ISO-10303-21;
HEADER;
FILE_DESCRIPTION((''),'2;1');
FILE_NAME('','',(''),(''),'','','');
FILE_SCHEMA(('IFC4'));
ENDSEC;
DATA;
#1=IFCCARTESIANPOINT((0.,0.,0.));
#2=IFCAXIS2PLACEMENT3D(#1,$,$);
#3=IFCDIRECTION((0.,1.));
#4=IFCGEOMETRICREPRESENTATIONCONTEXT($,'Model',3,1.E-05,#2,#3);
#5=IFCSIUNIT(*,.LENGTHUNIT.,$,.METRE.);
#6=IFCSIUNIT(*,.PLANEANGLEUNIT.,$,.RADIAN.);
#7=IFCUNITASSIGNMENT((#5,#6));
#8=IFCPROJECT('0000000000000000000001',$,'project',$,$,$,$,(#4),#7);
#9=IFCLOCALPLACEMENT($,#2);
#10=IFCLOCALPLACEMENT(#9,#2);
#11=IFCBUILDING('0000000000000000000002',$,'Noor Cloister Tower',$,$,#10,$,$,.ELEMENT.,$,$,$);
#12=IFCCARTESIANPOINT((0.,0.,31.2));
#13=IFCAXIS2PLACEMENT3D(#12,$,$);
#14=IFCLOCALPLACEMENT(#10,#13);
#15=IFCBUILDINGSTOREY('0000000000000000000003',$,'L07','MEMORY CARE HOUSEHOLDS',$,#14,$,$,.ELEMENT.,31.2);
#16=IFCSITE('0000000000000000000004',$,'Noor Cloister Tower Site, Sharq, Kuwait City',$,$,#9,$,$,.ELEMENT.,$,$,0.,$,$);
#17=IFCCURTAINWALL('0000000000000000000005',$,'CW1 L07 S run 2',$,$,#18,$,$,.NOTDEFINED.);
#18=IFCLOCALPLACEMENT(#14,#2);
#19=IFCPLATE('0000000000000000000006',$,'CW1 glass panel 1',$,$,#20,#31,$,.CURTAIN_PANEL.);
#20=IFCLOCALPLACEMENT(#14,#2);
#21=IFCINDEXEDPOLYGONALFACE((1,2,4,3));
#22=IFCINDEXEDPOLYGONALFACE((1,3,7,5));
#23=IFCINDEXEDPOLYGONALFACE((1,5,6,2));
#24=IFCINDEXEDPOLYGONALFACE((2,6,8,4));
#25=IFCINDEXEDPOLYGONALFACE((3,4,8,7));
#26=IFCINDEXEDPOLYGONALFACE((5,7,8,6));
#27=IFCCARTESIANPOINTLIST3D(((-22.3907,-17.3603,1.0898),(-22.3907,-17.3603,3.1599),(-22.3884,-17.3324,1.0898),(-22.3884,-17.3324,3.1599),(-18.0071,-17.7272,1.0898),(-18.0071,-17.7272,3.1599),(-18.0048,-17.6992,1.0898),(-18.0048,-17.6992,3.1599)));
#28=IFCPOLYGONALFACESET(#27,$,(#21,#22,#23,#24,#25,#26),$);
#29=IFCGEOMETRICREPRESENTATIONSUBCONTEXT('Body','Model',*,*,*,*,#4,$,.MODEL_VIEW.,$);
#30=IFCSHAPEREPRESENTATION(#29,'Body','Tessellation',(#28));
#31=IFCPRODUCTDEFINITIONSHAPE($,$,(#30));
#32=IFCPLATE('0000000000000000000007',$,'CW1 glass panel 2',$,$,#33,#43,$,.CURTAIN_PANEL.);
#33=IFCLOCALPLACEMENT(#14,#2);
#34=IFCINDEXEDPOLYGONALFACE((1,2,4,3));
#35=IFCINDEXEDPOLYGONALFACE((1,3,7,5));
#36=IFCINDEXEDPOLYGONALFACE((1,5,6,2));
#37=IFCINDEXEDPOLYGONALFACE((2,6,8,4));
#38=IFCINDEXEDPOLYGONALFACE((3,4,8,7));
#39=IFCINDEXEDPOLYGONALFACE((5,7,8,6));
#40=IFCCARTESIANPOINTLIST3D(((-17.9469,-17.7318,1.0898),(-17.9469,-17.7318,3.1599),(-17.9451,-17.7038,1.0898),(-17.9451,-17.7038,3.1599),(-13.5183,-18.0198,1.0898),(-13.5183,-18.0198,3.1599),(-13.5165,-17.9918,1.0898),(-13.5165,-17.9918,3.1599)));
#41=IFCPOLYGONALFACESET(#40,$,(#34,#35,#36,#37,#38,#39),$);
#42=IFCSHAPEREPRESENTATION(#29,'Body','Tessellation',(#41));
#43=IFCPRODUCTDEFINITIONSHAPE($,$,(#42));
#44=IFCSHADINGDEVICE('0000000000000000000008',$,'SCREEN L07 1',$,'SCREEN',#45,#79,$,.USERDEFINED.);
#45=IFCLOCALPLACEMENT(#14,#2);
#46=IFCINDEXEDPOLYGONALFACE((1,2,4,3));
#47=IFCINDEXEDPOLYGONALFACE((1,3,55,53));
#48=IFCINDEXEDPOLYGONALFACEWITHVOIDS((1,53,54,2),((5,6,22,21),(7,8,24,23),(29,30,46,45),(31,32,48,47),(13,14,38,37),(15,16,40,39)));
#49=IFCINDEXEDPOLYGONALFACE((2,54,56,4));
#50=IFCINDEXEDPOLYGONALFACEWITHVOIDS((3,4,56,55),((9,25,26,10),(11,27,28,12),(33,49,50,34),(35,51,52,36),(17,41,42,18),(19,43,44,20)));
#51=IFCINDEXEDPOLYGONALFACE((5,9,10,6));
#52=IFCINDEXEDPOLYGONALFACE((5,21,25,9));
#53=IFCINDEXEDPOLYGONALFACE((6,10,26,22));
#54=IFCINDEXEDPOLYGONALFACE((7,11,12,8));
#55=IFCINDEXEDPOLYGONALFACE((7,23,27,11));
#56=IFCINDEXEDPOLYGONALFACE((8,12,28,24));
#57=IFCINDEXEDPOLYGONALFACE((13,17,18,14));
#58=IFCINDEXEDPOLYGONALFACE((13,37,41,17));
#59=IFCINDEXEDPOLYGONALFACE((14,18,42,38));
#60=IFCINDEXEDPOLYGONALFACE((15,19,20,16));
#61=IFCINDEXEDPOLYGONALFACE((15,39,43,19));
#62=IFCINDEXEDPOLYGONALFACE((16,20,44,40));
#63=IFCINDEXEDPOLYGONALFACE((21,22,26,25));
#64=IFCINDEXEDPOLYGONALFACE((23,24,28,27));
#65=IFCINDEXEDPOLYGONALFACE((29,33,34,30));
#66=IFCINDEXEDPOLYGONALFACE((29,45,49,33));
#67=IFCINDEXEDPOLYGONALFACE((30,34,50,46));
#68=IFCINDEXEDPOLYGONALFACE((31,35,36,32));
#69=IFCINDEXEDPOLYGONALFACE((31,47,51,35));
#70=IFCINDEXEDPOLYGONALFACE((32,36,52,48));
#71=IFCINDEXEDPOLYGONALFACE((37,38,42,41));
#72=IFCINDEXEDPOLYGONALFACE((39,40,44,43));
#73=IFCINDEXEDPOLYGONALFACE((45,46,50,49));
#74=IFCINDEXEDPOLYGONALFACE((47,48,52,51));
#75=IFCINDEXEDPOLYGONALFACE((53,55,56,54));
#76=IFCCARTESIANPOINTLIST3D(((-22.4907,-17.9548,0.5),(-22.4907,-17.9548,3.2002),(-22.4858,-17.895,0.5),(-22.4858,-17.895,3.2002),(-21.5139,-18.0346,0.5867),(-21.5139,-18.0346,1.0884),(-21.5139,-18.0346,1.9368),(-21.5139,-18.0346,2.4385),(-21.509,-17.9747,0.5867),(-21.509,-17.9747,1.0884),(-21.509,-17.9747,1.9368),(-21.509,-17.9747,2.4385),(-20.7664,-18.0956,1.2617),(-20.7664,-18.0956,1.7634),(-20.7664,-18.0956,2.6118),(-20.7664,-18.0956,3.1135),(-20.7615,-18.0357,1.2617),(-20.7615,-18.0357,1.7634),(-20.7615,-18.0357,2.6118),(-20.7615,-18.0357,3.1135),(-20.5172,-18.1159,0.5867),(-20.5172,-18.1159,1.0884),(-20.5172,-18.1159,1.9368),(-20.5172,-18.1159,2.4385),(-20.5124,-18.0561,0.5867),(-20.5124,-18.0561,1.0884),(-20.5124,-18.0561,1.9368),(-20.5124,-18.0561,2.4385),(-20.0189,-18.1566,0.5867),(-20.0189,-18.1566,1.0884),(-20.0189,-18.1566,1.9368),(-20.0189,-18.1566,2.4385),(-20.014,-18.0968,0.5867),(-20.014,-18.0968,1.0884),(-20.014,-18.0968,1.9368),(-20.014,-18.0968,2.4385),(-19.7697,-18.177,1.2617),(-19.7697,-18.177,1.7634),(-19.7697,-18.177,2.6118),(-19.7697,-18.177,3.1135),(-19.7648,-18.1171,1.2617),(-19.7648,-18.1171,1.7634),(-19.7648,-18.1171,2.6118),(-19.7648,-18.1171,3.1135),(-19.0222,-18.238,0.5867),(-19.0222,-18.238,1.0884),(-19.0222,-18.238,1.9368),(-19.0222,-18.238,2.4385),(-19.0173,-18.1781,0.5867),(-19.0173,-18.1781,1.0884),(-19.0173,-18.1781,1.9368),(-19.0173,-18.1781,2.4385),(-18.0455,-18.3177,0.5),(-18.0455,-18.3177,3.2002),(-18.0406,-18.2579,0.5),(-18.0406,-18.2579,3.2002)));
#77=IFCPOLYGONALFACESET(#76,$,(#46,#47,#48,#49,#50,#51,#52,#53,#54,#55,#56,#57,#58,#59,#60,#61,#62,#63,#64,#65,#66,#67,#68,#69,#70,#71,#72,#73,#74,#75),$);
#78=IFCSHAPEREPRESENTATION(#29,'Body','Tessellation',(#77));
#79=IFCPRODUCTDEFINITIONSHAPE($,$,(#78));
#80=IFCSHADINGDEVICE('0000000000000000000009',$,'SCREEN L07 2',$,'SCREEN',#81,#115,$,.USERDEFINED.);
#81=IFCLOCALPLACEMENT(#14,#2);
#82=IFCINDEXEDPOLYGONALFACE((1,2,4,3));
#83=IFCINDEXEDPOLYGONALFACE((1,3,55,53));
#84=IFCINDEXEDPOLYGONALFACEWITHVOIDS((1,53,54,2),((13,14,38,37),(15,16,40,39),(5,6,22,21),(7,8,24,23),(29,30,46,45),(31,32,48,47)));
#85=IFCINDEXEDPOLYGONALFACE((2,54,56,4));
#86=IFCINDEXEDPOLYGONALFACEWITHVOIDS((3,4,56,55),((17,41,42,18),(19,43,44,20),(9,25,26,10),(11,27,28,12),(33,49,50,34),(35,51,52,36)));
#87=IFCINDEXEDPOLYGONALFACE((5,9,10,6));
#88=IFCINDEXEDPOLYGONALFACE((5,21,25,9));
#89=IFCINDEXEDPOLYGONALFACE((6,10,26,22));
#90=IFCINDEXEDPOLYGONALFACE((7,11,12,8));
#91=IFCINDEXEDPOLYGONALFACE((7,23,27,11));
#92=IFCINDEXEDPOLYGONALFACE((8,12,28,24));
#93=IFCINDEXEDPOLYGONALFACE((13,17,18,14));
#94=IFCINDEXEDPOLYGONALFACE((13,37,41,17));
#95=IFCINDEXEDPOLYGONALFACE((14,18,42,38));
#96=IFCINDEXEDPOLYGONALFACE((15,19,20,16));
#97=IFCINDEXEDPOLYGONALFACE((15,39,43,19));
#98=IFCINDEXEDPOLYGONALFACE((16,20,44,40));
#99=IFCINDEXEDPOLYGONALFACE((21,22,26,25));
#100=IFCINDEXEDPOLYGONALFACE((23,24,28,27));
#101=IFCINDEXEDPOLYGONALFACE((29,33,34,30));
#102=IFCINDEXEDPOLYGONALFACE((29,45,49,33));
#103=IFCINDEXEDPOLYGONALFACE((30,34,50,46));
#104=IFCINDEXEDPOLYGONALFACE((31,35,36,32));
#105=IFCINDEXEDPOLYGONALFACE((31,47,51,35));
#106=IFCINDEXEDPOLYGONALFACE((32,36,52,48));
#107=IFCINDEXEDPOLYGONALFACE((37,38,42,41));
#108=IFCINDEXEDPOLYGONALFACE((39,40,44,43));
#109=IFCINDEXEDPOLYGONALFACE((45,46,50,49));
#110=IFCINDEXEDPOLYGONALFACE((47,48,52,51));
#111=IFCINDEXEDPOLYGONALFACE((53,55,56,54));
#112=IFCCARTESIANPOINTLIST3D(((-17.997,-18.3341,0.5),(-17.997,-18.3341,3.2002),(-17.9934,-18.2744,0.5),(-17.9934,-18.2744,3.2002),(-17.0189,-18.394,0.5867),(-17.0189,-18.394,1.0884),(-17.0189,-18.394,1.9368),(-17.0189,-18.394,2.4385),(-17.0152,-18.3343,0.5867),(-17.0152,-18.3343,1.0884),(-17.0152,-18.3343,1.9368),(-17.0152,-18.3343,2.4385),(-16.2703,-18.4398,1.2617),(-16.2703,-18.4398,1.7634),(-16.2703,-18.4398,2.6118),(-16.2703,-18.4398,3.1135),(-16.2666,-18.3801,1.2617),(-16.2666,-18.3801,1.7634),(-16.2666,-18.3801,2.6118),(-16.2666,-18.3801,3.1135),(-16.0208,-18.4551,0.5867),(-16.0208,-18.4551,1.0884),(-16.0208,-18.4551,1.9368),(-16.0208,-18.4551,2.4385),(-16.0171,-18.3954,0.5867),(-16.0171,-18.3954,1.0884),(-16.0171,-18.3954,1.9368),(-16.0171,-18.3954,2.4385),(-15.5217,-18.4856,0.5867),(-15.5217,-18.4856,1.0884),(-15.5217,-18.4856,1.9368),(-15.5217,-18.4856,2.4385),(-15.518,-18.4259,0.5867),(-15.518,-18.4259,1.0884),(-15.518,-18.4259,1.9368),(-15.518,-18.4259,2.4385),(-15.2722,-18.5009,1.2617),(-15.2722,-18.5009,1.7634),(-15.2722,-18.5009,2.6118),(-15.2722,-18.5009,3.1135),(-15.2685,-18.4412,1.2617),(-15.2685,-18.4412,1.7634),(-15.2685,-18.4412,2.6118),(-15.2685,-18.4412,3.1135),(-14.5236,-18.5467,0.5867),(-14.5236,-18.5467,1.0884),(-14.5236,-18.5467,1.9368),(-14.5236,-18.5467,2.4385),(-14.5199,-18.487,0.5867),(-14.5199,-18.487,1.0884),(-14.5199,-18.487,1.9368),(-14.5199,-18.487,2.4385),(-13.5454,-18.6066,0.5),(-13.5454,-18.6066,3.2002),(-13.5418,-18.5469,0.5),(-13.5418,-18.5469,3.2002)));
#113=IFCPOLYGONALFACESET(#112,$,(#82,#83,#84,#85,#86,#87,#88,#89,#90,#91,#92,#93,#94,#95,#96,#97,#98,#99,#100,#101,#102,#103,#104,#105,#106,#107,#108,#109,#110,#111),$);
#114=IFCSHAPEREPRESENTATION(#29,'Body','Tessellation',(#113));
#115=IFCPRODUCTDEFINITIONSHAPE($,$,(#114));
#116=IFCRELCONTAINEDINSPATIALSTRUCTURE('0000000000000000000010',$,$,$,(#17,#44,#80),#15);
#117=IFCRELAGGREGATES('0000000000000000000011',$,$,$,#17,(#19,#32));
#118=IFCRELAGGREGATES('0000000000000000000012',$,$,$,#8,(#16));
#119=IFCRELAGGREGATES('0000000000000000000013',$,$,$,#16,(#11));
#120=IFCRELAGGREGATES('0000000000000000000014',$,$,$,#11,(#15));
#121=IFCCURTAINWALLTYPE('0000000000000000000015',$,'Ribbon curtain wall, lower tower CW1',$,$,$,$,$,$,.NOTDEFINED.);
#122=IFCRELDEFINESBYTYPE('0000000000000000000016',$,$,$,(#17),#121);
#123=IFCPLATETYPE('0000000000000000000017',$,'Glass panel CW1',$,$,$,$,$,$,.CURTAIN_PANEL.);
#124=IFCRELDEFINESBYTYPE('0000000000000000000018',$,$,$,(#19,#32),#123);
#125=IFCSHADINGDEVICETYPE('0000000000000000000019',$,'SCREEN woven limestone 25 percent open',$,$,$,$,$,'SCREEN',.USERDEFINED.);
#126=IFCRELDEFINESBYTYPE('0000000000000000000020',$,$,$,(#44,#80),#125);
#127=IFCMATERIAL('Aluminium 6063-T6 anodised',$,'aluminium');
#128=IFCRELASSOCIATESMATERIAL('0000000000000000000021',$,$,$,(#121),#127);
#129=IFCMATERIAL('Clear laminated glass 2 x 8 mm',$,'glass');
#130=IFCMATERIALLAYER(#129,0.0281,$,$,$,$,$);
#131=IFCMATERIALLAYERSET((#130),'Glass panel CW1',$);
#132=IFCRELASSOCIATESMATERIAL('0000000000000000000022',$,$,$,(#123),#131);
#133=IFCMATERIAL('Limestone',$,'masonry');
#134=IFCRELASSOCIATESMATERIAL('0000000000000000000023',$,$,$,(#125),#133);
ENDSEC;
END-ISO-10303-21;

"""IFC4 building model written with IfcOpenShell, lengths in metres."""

from ifc_helpers import new_model, si_unit, direction, frame, origin, origin_2d, place, context, subcontext, project, spatial, polyline, rectangle, outline, extrude, material, layer, layer_set, material_profile, profile_set, type_object, element, aggregate, save


model = new_model("IFC4")

# Units and contexts
model_context = context("Model", 3, precision=1e-05, world=origin(), true_north=direction((0.0, 1.0)))
body_context = subcontext(model_context, "Body", "Model", "MODEL_VIEW")
ifc_project = project(units=[si_unit("LENGTHUNIT", "METRE"), si_unit("PLANEANGLEUNIT", "RADIAN")], contexts=[model_context])

# Site, building, storey
site_placement = place(None, origin())
site = spatial("IfcSite", under=ifc_project, at=site_placement, Name="Noor Cloister Tower Site, Sharq, Kuwait City", CompositionType="ELEMENT", RefElevation=0.0)
building_placement = place(site_placement, origin())
building = spatial("IfcBuilding", under=site, at=building_placement, Name="Noor Cloister Tower", CompositionType="ELEMENT")
storey_placement = place(building_placement, frame((0.0, 0.0, 31.2)))
storey = spatial("IfcBuildingStorey", under=building, at=storey_placement, Name="L07", Description="MEMORY CARE HOUSEHOLDS", CompositionType="ELEMENT", Elevation=31.2)

# Curtain wall
ifc_material_1 = material(Name="Aluminium 6063-T6 anodised", Category="aluminium")
curtain_wall_type = type_object("IfcCurtainWallType", Name="Ribbon curtain wall, lower tower CW1", PredefinedType="NOTDEFINED", material=ifc_material_1)
curtain_wall_placement = place(storey_placement, origin())
curtain_wall = element("IfcCurtainWall", 1, at=curtain_wall_placement, inside=storey, type_object=curtain_wall_type, Name="CW1 L07 S run 2", PredefinedType="NOTDEFINED")

# Plates
ifc_material_2 = material(Name="Clear laminated glass 2 x 8 mm", Category="glass")
ifc_layer = layer(ifc_material_2, 0.0281)
ifc_layer_set = layer_set([ifc_layer], Name="Glass panel CW1")
plate_type = type_object("IfcPlateType", Name="Glass panel CW1", PredefinedType="CURTAIN_PANEL", material=ifc_layer_set)
plate_1_placement = place(storey_placement, frame((-20.1978, -17.5298, 1.0898), z_axis=(0.0, 0.0, 1.0), x_axis=(0.996517, -0.083396, 0.0)))
plate_1 = element("IfcPlate", 2, at=plate_1_placement, type_object=plate_type, Name="CW1 glass panel 1", PredefinedType="CURTAIN_PANEL", context=body_context, shape_type="SweptSolid", body=[
    extrude(rectangle(XDim=4.3989, YDim=0.0281, at=origin_2d()), origin(), (0.0, 0.0, 1.0), 2.0701),
])
plate_2_placement = place(storey_placement, frame((-15.7317, -17.8618, 1.0898), z_axis=(0.0, 0.0, 1.0), x_axis=(0.997892, -0.064893, 0.0)))
plate_2 = element("IfcPlate", 3, at=plate_2_placement, type_object=plate_type, Name="CW1 glass panel 2", PredefinedType="CURTAIN_PANEL", context=body_context, shape_type="SweptSolid", body=[
    extrude(rectangle(XDim=4.438, YDim=0.0281, at=origin_2d()), origin(), (0.0, 0.0, 1.0), 2.0701),
])
aggregate(curtain_wall, [plate_1, plate_2])

# Shading devices
ifc_material_3 = material(Name="Limestone", Category="masonry")
ifc_material_profile_1 = material_profile(ifc_material_3, outline(polyline([(-2.23, -1.3501), (2.23, -1.3501), (2.23, 1.3501), (-2.23, 1.3501), (-2.23, -1.3501)]), holes=[polyline([(-1.25, -1.2634), (-0.25, -1.2634), (-0.25, -0.7617), (-1.25, -0.7617), (-1.25, -1.2634)]), polyline([(0.25, -1.2634), (1.25, -1.2634), (1.25, -0.7617), (0.25, -0.7617), (0.25, -1.2634)]), polyline([(-0.5, -0.5884), (0.5, -0.5884), (0.5, -0.0867), (-0.5, -0.0867), (-0.5, -0.5884)]), polyline([(-1.25, 0.0867), (-0.25, 0.0867), (-0.25, 0.5884), (-1.25, 0.5884), (-1.25, 0.0867)]), polyline([(0.25, 0.0867), (1.25, 0.0867), (1.25, 0.5884), (0.25, 0.5884), (0.25, 0.0867)]), polyline([(-0.5, 0.7617), (0.5, 0.7617), (0.5, 1.2634), (-0.5, 1.2634), (-0.5, 0.7617)])]), Name="Woven screen 25 percent open")
ifc_profile_set_1 = profile_set([ifc_material_profile_1], Name="Limestone")
shading_device_type = type_object("IfcShadingDeviceType", Name="SCREEN woven limestone 25 percent open", ElementType="SCREEN", PredefinedType="USERDEFINED", material=ifc_profile_set_1)
shading_device_1_placement = place(storey_placement, frame((-20.2632, -18.0764, 1.8501), z_axis=(-0.081362, -0.996685, 0.0), x_axis=(0.996685, -0.081362, 0.0)))
element("IfcShadingDevice", 4, at=shading_device_1_placement, inside=storey, type_object=shading_device_type, Name="SCREEN L07 1", ObjectType="SCREEN", PredefinedType="USERDEFINED", context=body_context, shape_type="SweptSolid", body=[
    extrude(outline(polyline([(-2.23, -1.3501), (2.23, -1.3501), (2.23, 1.3501), (-2.23, 1.3501), (-2.23, -1.3501)]), holes=[polyline([(-1.25, -1.2634), (-0.25, -1.2634), (-0.25, -0.7617), (-1.25, -0.7617), (-1.25, -1.2634)]), polyline([(0.25, -1.2634), (1.25, -1.2634), (1.25, -0.7617), (0.25, -0.7617), (0.25, -1.2634)]), polyline([(-0.5, -0.5884), (0.5, -0.5884), (0.5, -0.0867), (-0.5, -0.0867), (-0.5, -0.5884)]), polyline([(-1.25, 0.0867), (-0.25, 0.0867), (-0.25, 0.5884), (-1.25, 0.5884), (-1.25, 0.0867)]), polyline([(0.25, 0.0867), (1.25, 0.0867), (1.25, 0.5884), (0.25, 0.5884), (0.25, 0.0867)]), polyline([(-0.5, 0.7617), (0.5, 0.7617), (0.5, 1.2634), (-0.5, 1.2634), (-0.5, 0.7617)])]), origin(), (0.0, 0.0, 1.0), 0.0601),
])
shading_device_2_placement = place(storey_placement, frame((-15.7676, -18.4106, 1.8501), z_axis=(-0.06111, -0.998131, 0.0), x_axis=(0.998131, -0.06111, 0.0)))
element("IfcShadingDevice", 5, at=shading_device_2_placement, inside=storey, type_object=shading_device_type, Name="SCREEN L07 2", ObjectType="SCREEN", PredefinedType="USERDEFINED", context=body_context, shape_type="SweptSolid", body=[
    extrude(outline(polyline([(-2.23, -1.3501), (2.23, -1.3501), (2.23, 1.3501), (-2.23, 1.3501), (-2.23, -1.3501)]), holes=[polyline([(-1.25, -1.2634), (-0.25, -1.2634), (-0.25, -0.7617), (-1.25, -0.7617), (-1.25, -1.2634)]), polyline([(0.25, -1.2634), (1.25, -1.2634), (1.25, -0.7617), (0.25, -0.7617), (0.25, -1.2634)]), polyline([(-0.5, -0.5884), (0.5, -0.5884), (0.5, -0.0867), (-0.5, -0.0867), (-0.5, -0.5884)]), polyline([(-1.25, 0.0867), (-0.25, 0.0867), (-0.25, 0.5884), (-1.25, 0.5884), (-1.25, 0.0867)]), polyline([(0.25, 0.0867), (1.25, 0.0867), (1.25, 0.5884), (0.25, 0.5884), (0.25, 0.0867)]), polyline([(-0.5, 0.7617), (0.5, 0.7617), (0.5, 1.2634), (-0.5, 1.2634), (-0.5, 0.7617)])]), origin(), (0.0, 0.0, 1.0), 0.0598),
])

save(model, "model.ifc")
